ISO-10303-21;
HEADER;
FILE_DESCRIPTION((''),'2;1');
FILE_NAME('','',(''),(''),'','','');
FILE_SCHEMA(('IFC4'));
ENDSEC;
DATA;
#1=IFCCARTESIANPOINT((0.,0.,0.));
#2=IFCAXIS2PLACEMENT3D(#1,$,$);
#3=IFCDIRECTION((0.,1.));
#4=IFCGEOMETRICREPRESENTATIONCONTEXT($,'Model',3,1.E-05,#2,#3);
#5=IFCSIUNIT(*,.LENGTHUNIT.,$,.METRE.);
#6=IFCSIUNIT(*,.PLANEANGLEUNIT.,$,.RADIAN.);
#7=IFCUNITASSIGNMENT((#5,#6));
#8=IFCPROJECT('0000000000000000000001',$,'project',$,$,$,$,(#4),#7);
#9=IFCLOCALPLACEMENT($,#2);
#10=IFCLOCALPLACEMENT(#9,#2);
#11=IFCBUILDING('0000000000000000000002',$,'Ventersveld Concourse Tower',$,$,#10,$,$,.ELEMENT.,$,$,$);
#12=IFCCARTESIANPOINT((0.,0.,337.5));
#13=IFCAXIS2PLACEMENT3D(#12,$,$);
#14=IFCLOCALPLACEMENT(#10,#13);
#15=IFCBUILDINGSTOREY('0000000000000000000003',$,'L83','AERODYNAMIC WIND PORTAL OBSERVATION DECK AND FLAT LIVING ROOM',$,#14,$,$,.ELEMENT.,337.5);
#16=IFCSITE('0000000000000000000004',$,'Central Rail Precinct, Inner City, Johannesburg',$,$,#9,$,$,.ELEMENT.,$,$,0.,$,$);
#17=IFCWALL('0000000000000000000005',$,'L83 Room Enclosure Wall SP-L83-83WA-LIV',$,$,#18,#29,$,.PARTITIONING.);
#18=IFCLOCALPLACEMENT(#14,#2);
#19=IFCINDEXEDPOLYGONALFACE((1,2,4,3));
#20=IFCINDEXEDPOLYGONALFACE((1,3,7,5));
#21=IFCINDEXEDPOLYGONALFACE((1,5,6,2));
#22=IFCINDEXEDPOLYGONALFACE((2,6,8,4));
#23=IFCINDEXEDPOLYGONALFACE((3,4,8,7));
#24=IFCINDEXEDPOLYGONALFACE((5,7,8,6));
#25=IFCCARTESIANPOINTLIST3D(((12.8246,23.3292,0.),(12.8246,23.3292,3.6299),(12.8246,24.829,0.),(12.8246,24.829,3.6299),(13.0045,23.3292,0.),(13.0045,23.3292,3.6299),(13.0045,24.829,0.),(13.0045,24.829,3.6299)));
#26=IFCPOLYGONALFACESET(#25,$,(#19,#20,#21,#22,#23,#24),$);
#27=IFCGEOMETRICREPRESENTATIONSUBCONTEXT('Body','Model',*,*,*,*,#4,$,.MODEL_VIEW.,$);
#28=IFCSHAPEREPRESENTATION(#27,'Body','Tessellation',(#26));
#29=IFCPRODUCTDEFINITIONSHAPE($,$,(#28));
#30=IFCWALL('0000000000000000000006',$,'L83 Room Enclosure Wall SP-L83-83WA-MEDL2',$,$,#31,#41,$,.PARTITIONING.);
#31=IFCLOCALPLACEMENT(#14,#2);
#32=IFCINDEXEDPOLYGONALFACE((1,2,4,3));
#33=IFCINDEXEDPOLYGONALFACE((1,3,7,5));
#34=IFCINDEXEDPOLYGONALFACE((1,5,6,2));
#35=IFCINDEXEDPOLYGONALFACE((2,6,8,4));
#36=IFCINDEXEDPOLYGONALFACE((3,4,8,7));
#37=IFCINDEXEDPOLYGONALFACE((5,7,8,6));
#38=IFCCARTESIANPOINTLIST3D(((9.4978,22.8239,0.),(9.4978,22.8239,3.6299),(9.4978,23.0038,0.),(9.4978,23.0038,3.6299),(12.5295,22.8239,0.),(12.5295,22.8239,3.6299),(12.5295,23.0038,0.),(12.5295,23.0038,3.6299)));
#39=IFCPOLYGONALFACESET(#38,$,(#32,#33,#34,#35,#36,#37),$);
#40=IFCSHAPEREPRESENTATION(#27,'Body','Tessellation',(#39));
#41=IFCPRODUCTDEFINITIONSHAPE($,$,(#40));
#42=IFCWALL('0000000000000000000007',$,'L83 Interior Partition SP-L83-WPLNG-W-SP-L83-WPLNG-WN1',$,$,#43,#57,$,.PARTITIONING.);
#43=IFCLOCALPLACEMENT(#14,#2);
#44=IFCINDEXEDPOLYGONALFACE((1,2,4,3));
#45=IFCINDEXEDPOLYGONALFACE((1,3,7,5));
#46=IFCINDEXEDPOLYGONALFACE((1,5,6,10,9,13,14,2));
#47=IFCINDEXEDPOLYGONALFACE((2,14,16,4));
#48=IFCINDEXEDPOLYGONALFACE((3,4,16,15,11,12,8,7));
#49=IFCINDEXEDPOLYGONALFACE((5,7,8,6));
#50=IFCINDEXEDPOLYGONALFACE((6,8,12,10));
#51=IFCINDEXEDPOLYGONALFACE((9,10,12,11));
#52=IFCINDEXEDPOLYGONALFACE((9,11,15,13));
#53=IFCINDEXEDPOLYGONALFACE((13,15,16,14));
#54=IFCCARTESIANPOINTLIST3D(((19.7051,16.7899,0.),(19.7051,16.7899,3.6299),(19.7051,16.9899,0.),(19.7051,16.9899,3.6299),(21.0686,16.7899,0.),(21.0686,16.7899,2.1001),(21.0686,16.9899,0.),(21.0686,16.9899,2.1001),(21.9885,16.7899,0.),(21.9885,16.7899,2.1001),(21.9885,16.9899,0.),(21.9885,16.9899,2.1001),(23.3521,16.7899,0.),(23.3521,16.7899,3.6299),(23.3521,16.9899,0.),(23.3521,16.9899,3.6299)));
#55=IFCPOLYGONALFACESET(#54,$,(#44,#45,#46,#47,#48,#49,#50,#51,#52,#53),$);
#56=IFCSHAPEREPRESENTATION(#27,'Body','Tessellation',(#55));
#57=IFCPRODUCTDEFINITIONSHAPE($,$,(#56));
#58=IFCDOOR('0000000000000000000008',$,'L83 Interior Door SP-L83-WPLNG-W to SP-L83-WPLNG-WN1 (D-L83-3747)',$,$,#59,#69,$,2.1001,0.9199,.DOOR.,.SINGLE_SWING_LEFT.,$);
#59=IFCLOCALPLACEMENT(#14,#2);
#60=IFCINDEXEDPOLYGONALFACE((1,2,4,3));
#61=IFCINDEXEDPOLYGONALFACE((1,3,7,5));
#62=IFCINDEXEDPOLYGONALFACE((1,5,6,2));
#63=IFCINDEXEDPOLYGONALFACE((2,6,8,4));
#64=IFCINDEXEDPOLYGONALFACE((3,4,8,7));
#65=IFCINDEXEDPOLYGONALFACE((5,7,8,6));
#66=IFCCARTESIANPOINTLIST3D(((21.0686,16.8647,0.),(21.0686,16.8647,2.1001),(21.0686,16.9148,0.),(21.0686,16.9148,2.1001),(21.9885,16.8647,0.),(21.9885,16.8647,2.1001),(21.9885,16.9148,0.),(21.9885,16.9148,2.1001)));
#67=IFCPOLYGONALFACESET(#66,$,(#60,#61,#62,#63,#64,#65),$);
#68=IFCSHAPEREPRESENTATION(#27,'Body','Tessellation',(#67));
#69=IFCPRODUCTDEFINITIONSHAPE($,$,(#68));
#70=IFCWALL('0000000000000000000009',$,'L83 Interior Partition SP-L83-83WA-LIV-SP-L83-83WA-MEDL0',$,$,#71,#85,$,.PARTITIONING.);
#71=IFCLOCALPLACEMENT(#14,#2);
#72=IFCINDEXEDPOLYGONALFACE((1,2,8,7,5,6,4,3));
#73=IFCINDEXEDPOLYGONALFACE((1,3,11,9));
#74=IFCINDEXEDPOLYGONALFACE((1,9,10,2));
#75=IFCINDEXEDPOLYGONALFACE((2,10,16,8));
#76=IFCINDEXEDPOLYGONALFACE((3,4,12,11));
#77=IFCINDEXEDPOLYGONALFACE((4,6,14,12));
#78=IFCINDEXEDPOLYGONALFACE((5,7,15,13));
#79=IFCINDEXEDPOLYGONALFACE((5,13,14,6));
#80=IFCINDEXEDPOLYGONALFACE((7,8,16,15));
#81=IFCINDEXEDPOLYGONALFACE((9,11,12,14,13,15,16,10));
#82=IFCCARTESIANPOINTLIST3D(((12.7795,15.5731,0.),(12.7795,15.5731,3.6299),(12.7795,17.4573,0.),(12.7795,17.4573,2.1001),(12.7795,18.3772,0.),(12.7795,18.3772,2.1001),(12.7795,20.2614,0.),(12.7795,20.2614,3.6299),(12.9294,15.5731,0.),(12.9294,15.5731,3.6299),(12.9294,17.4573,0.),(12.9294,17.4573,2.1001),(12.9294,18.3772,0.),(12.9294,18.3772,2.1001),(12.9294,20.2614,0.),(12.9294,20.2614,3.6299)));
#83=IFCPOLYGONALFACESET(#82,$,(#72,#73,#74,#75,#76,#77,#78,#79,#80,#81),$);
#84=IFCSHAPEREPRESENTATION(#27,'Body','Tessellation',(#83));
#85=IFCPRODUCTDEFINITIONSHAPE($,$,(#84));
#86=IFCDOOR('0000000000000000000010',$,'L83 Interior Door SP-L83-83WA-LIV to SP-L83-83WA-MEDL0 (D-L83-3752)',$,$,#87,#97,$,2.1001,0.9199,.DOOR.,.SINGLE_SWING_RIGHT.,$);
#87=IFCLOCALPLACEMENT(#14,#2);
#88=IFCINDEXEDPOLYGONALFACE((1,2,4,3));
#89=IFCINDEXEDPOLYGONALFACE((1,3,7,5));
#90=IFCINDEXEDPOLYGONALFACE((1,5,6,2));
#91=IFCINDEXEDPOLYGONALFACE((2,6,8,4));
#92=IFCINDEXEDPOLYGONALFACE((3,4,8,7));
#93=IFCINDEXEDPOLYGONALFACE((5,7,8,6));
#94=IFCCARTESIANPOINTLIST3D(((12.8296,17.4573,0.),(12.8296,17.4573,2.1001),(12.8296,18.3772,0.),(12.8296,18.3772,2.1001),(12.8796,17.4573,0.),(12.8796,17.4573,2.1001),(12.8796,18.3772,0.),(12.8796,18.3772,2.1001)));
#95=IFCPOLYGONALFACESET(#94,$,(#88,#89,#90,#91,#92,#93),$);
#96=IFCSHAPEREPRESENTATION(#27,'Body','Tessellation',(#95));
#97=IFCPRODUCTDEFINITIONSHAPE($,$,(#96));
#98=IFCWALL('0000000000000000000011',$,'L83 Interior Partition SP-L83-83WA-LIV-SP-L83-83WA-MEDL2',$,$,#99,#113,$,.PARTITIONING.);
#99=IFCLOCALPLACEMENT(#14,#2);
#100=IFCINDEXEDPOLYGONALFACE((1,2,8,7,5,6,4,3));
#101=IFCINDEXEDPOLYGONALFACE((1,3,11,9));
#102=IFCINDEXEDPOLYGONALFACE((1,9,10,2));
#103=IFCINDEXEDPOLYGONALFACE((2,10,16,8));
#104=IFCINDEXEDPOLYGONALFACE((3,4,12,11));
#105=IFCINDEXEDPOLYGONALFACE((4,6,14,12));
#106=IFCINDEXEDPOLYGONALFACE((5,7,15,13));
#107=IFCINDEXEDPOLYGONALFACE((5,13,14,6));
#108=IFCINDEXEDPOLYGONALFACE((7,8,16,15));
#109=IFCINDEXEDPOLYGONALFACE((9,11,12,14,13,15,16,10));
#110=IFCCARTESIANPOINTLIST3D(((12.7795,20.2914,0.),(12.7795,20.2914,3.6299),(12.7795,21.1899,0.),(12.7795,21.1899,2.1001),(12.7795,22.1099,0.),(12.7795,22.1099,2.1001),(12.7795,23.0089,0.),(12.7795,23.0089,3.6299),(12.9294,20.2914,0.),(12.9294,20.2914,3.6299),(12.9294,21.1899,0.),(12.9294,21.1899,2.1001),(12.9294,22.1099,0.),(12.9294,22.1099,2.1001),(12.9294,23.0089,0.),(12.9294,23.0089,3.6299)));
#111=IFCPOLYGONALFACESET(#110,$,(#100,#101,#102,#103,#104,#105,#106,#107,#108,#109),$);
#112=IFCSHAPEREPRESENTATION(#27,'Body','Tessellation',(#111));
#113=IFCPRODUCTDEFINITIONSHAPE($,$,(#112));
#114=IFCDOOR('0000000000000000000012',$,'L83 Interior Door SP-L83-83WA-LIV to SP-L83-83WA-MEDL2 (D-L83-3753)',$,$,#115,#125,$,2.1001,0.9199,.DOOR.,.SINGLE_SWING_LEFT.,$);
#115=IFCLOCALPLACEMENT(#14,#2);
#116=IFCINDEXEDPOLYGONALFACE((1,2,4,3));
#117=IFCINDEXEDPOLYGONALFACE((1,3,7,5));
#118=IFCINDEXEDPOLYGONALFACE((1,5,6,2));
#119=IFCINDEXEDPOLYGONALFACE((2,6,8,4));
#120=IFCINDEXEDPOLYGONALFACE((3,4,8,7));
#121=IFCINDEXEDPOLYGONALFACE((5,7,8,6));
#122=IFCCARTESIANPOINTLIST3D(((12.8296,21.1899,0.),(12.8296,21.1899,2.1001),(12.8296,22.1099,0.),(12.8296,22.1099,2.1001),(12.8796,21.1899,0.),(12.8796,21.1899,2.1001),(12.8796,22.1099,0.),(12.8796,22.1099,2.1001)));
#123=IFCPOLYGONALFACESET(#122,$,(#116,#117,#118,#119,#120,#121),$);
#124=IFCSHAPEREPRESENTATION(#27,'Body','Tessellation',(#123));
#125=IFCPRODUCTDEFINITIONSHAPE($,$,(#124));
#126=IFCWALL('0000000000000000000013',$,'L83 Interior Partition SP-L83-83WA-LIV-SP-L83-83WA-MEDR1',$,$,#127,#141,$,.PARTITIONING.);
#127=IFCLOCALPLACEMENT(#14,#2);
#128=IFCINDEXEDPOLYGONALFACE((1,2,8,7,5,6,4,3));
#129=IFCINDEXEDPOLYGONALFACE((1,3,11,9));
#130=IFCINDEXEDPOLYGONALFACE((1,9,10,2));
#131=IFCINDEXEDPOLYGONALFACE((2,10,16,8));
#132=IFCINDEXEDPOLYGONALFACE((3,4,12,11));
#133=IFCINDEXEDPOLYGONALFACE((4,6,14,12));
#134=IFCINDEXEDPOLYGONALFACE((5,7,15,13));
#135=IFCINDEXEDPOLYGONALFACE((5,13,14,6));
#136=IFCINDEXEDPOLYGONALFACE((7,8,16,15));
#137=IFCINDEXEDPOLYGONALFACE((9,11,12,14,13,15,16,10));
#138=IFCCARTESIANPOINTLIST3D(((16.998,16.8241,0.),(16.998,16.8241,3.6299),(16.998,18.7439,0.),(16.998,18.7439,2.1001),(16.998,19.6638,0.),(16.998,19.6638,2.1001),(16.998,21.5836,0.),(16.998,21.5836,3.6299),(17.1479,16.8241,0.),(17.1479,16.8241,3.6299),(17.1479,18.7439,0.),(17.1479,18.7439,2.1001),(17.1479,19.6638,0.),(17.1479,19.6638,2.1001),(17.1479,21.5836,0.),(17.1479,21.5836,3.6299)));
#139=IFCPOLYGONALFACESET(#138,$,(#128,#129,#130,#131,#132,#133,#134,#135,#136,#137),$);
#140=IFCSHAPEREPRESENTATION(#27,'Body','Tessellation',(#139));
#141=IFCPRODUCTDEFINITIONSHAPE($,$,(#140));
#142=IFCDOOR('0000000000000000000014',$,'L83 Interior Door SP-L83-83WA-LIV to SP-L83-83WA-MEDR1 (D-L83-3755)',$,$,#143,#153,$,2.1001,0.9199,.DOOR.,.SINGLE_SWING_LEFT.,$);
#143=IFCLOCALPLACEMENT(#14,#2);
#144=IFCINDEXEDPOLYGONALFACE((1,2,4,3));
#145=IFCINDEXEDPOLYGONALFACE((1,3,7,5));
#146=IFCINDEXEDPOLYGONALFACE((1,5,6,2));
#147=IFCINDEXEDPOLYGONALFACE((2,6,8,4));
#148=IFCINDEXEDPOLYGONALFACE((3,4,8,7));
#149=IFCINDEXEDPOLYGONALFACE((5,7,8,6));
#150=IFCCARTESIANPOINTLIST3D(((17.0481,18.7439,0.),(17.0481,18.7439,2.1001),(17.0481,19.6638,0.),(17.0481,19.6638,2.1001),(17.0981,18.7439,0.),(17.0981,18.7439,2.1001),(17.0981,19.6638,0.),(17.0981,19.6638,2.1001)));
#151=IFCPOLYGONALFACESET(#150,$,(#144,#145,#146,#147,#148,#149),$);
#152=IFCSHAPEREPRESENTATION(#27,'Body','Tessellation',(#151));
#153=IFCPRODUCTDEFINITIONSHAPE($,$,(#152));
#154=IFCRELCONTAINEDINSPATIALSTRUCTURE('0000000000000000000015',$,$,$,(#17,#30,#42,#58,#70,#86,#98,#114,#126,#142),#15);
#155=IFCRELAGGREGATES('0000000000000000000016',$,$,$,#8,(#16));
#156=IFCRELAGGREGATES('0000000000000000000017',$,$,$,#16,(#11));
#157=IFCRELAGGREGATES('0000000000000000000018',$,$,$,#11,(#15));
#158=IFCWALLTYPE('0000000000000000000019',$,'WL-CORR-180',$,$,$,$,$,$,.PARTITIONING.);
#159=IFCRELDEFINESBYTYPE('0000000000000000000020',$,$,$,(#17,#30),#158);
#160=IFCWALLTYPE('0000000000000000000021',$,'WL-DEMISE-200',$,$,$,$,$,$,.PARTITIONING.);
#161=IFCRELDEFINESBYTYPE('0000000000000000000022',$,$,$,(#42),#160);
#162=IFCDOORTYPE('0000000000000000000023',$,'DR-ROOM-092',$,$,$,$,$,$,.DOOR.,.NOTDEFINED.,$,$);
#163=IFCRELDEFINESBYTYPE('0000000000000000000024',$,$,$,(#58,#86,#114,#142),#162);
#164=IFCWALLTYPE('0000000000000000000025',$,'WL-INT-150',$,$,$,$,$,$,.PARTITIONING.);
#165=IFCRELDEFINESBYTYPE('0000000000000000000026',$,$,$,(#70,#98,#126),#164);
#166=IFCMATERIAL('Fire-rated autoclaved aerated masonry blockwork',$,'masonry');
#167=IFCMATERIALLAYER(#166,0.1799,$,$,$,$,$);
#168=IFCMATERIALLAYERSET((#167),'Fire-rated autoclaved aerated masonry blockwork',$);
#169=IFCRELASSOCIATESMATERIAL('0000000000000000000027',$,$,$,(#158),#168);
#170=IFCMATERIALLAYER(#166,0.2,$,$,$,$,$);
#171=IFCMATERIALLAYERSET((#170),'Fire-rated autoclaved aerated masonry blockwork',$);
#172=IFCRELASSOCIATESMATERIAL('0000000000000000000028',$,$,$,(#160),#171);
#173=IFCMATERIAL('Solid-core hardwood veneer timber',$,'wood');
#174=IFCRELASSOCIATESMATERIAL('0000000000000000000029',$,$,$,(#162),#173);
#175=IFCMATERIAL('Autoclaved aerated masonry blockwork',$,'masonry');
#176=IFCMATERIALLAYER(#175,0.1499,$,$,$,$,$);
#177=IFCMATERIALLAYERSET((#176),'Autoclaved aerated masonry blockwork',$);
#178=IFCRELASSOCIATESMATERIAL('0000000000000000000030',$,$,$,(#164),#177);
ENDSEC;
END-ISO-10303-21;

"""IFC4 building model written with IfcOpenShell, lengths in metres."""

from ifc_helpers import new_model, si_unit, direction, frame, frame_2d, origin, place, context, subcontext, project, spatial, rectangle, extrude, material, layer, layer_set, type_object, element, fill, save


model = new_model("IFC4")

# Units and contexts
model_context = context("Model", 3, precision=1e-05, world=origin(), true_north=direction((0.0, 1.0)))
body_context = subcontext(model_context, "Body", "Model", "MODEL_VIEW")
ifc_project = project(units=[si_unit("LENGTHUNIT", "METRE"), si_unit("PLANEANGLEUNIT", "RADIAN")], contexts=[model_context])

# Site, building, storey
site_placement = place(None, origin())
site = spatial("IfcSite", under=ifc_project, at=site_placement, Name="Central Rail Precinct, Inner City, Johannesburg", CompositionType="ELEMENT", RefElevation=0.0)
building_placement = place(site_placement, origin())
building = spatial("IfcBuilding", under=site, at=building_placement, Name="Ventersveld Concourse Tower", CompositionType="ELEMENT")
storey_placement = place(building_placement, frame((0.0, 0.0, 337.5)))
storey = spatial("IfcBuildingStorey", under=building, at=storey_placement, Name="L83", Description="AERODYNAMIC WIND PORTAL OBSERVATION DECK AND FLAT LIVING ROOM", CompositionType="ELEMENT", Elevation=337.5)

# Shared definitions
ifc_material_1 = material(Name="Fire-rated autoclaved aerated masonry blockwork", Category="masonry")
ifc_layer_1 = layer(ifc_material_1, 0.1799)
ifc_layer_set_1 = layer_set([ifc_layer_1], Name="Fire-rated autoclaved aerated masonry blockwork")
wall_type_1 = type_object("IfcWallType", Name="WL-CORR-180", PredefinedType="PARTITIONING", material=ifc_layer_set_1)
ifc_material_2 = material(Name="Solid-core hardwood veneer timber", Category="wood")

# Walls
wall_1_placement = place(storey_placement, frame((12.9146, 23.3291, 0.0), z_axis=(0.0, 0.0, 1.0), x_axis=(0.0, 1.0, 0.0)))
element("IfcWall", 1, at=wall_1_placement, inside=storey, type_object=wall_type_1, Name="L83 Room Enclosure Wall SP-L83-83WA-LIV", PredefinedType="PARTITIONING", context=body_context, shape_type="SweptSolid", body=[
    extrude(rectangle(XDim=1.4998, YDim=0.1799, at=frame_2d((0.75, 0.0))), origin(), (0.0, 0.0, 1.0), 3.6299),
])
wall_2_placement = place(storey_placement, frame((9.4978, 22.9138, 0.0), z_axis=(0.0, 0.0, 1.0), x_axis=(1.0, 0.0, 0.0)))
element("IfcWall", 2, at=wall_2_placement, inside=storey, type_object=wall_type_1, Name="L83 Room Enclosure Wall SP-L83-83WA-MEDL2", PredefinedType="PARTITIONING", context=body_context, shape_type="SweptSolid", body=[
    extrude(rectangle(XDim=3.0317, YDim=0.1799, at=frame_2d((1.5159, 0.0))), origin(), (0.0, 0.0, 1.0), 3.6299),
])

# Walls, openings, doors
ifc_layer_2 = layer(ifc_material_1, 0.2)
ifc_layer_set_2 = layer_set([ifc_layer_2], Name="Fire-rated autoclaved aerated masonry blockwork")
wall_type_2 = type_object("IfcWallType", Name="WL-DEMISE-200", PredefinedType="PARTITIONING", material=ifc_layer_set_2)
wall_3_placement = place(storey_placement, frame((19.7051, 16.8899, 0.0), z_axis=(0.0, 0.0, 1.0), x_axis=(1.0, 0.0, 0.0)))
wall_3 = element("IfcWall", 3, at=wall_3_placement, inside=storey, type_object=wall_type_2, Name="L83 Interior Partition SP-L83-WPLNG-W-SP-L83-WPLNG-WN1", PredefinedType="PARTITIONING", context=body_context, shape_type="SweptSolid", body=[
    extrude(rectangle(XDim=3.647, YDim=0.2, at=frame_2d((1.8235, 0.0))), origin(), (0.0, 0.0, 1.0), 3.6299),
])
opening_1_placement = place(wall_3_placement, frame((1.3635, 0.0, 0.0)))
opening_1 = element("IfcOpeningElement", 4, at=opening_1_placement, cuts=wall_3, PredefinedType="OPENING", context=body_context, shape_type="SweptSolid", body=[
    extrude(rectangle(XDim=0.9199, YDim=2.1001, at=frame_2d((0.46, 1.05))), frame((0.0, 0.1099, 0.0), z_axis=(0.0, -1.0, 0.0), x_axis=(1.0, 0.0, 0.0)), (0.0, 0.0, 1.0), 0.22),
])
door_type_1 = type_object("IfcDoorType", Name="DR-ROOM-092", OperationType="NOTDEFINED", PredefinedType="DOOR", material=ifc_material_2)
door_1_placement = place(opening_1_placement, origin())
door_1 = element("IfcDoor", 5, at=door_1_placement, inside=storey, type_object=door_type_1, Name="L83 Interior Door SP-L83-WPLNG-W to SP-L83-WPLNG-WN1 (D-L83-3747)", OperationType="SINGLE_SWING_LEFT", OverallHeight=2.1001, OverallWidth=0.9199, PredefinedType="DOOR", context=body_context, shape_type="SweptSolid", body=[
    extrude(rectangle(XDim=0.9199, YDim=2.1001, at=frame_2d((0.46, 1.05))), frame((0.0, 0.0249, 0.0), z_axis=(0.0, -1.0, 0.0), x_axis=(1.0, 0.0, 0.0)), (0.0, 0.0, 1.0), 0.05),
])
fill(opening_1, door_1)
ifc_material_3 = material(Name="Autoclaved aerated masonry blockwork", Category="masonry")
ifc_layer_3 = layer(ifc_material_3, 0.1499)
ifc_layer_set_3 = layer_set([ifc_layer_3], Name="Autoclaved aerated masonry blockwork")
wall_type_3 = type_object("IfcWallType", Name="WL-INT-150", PredefinedType="PARTITIONING", material=ifc_layer_set_3)
wall_4_placement = place(storey_placement, frame((12.8545, 15.573, 0.0), z_axis=(0.0, 0.0, 1.0), x_axis=(0.0, 1.0, 0.0)))
wall_4 = element("IfcWall", 6, at=wall_4_placement, inside=storey, type_object=wall_type_3, Name="L83 Interior Partition SP-L83-83WA-LIV-SP-L83-83WA-MEDL0", PredefinedType="PARTITIONING", context=body_context, shape_type="SweptSolid", body=[
    extrude(rectangle(XDim=4.6882, YDim=0.1499, at=frame_2d((2.3442, 0.0))), origin(), (0.0, 0.0, 1.0), 3.6299),
])
opening_2_placement = place(wall_4_placement, frame((1.8843, 0.0, 0.0)))
opening_2 = element("IfcOpeningElement", 7, at=opening_2_placement, cuts=wall_4, PredefinedType="OPENING", context=body_context, shape_type="SweptSolid", body=[
    extrude(rectangle(XDim=0.9199, YDim=2.1001, at=frame_2d((0.46, 1.05))), frame((0.0, 0.085, 0.0), z_axis=(0.0, -1.0, 0.0), x_axis=(1.0, 0.0, 0.0)), (0.0, 0.0, 1.0), 0.1699),
])
door_2_placement = place(opening_2_placement, origin())
door_2 = element("IfcDoor", 8, at=door_2_placement, inside=storey, type_object=door_type_1, Name="L83 Interior Door SP-L83-83WA-LIV to SP-L83-83WA-MEDL0 (D-L83-3752)", OperationType="SINGLE_SWING_RIGHT", OverallHeight=2.1001, OverallWidth=0.9199, PredefinedType="DOOR", context=body_context, shape_type="SweptSolid", body=[
    extrude(rectangle(XDim=0.9199, YDim=2.1001, at=frame_2d((0.46, 1.05))), frame((0.0, 0.0249, 0.0), z_axis=(0.0, -1.0, 0.0), x_axis=(1.0, 0.0, 0.0)), (0.0, 0.0, 1.0), 0.05),
])
fill(opening_2, door_2)
wall_5_placement = place(storey_placement, frame((12.8545, 20.2913, 0.0), z_axis=(0.0, 0.0, 1.0), x_axis=(0.0, 1.0, 0.0)))
wall_5 = element("IfcWall", 9, at=wall_5_placement, inside=storey, type_object=wall_type_3, Name="L83 Interior Partition SP-L83-83WA-LIV-SP-L83-83WA-MEDL2", PredefinedType="PARTITIONING", context=body_context, shape_type="SweptSolid", body=[
    extrude(rectangle(XDim=2.7175, YDim=0.1499, at=frame_2d((1.3589, 0.0))), origin(), (0.0, 0.0, 1.0), 3.6299),
])
opening_3_placement = place(wall_5_placement, frame((0.8987, 0.0, 0.0)))
opening_3 = element("IfcOpeningElement", 10, at=opening_3_placement, cuts=wall_5, PredefinedType="OPENING", context=body_context, shape_type="SweptSolid", body=[
    extrude(rectangle(XDim=0.9199, YDim=2.1001, at=frame_2d((0.46, 1.05))), frame((0.0, 0.085, 0.0), z_axis=(0.0, -1.0, 0.0), x_axis=(1.0, 0.0, 0.0)), (0.0, 0.0, 1.0), 0.1699),
])
door_3_placement = place(opening_3_placement, origin())
door_3 = element("IfcDoor", 11, at=door_3_placement, inside=storey, type_object=door_type_1, Name="L83 Interior Door SP-L83-83WA-LIV to SP-L83-83WA-MEDL2 (D-L83-3753)", OperationType="SINGLE_SWING_LEFT", OverallHeight=2.1001, OverallWidth=0.9199, PredefinedType="DOOR", context=body_context, shape_type="SweptSolid", body=[
    extrude(rectangle(XDim=0.9199, YDim=2.1001, at=frame_2d((0.46, 1.05))), frame((0.0, 0.0249, 0.0), z_axis=(0.0, -1.0, 0.0), x_axis=(1.0, 0.0, 0.0)), (0.0, 0.0, 1.0), 0.05),
])
fill(opening_3, door_3)
wall_6_placement = place(storey_placement, frame((17.073, 16.824, 0.0), z_axis=(0.0, 0.0, 1.0), x_axis=(0.0, 1.0, 0.0)))
wall_6 = element("IfcWall", 12, at=wall_6_placement, inside=storey, type_object=wall_type_3, Name="L83 Interior Partition SP-L83-83WA-LIV-SP-L83-83WA-MEDR1", PredefinedType="PARTITIONING", context=body_context, shape_type="SweptSolid", body=[
    extrude(rectangle(XDim=4.7595, YDim=0.1499, at=frame_2d((2.3799, 0.0))), origin(), (0.0, 0.0, 1.0), 3.6299),
])
opening_4_placement = place(wall_6_placement, frame((1.9199, 0.0, 0.0)))
opening_4 = element("IfcOpeningElement", 13, at=opening_4_placement, cuts=wall_6, PredefinedType="OPENING", context=body_context, shape_type="SweptSolid", body=[
    extrude(rectangle(XDim=0.9199, YDim=2.1001, at=frame_2d((0.46, 1.05))), frame((0.0, 0.085, 0.0), z_axis=(0.0, -1.0, 0.0), x_axis=(1.0, 0.0, 0.0)), (0.0, 0.0, 1.0), 0.1699),
])
door_4_placement = place(opening_4_placement, origin())
door_4 = element("IfcDoor", 14, at=door_4_placement, inside=storey, type_object=door_type_1, Name="L83 Interior Door SP-L83-83WA-LIV to SP-L83-83WA-MEDR1 (D-L83-3755)", OperationType="SINGLE_SWING_LEFT", OverallHeight=2.1001, OverallWidth=0.9199, PredefinedType="DOOR", context=body_context, shape_type="SweptSolid", body=[
    extrude(rectangle(XDim=0.9199, YDim=2.1001, at=frame_2d((0.46, 1.05))), frame((0.0, 0.0249, 0.0), z_axis=(0.0, -1.0, 0.0), x_axis=(1.0, 0.0, 0.0)), (0.0, 0.0, 1.0), 0.05),
])
fill(opening_4, door_4)

save(model, "model.ifc")
